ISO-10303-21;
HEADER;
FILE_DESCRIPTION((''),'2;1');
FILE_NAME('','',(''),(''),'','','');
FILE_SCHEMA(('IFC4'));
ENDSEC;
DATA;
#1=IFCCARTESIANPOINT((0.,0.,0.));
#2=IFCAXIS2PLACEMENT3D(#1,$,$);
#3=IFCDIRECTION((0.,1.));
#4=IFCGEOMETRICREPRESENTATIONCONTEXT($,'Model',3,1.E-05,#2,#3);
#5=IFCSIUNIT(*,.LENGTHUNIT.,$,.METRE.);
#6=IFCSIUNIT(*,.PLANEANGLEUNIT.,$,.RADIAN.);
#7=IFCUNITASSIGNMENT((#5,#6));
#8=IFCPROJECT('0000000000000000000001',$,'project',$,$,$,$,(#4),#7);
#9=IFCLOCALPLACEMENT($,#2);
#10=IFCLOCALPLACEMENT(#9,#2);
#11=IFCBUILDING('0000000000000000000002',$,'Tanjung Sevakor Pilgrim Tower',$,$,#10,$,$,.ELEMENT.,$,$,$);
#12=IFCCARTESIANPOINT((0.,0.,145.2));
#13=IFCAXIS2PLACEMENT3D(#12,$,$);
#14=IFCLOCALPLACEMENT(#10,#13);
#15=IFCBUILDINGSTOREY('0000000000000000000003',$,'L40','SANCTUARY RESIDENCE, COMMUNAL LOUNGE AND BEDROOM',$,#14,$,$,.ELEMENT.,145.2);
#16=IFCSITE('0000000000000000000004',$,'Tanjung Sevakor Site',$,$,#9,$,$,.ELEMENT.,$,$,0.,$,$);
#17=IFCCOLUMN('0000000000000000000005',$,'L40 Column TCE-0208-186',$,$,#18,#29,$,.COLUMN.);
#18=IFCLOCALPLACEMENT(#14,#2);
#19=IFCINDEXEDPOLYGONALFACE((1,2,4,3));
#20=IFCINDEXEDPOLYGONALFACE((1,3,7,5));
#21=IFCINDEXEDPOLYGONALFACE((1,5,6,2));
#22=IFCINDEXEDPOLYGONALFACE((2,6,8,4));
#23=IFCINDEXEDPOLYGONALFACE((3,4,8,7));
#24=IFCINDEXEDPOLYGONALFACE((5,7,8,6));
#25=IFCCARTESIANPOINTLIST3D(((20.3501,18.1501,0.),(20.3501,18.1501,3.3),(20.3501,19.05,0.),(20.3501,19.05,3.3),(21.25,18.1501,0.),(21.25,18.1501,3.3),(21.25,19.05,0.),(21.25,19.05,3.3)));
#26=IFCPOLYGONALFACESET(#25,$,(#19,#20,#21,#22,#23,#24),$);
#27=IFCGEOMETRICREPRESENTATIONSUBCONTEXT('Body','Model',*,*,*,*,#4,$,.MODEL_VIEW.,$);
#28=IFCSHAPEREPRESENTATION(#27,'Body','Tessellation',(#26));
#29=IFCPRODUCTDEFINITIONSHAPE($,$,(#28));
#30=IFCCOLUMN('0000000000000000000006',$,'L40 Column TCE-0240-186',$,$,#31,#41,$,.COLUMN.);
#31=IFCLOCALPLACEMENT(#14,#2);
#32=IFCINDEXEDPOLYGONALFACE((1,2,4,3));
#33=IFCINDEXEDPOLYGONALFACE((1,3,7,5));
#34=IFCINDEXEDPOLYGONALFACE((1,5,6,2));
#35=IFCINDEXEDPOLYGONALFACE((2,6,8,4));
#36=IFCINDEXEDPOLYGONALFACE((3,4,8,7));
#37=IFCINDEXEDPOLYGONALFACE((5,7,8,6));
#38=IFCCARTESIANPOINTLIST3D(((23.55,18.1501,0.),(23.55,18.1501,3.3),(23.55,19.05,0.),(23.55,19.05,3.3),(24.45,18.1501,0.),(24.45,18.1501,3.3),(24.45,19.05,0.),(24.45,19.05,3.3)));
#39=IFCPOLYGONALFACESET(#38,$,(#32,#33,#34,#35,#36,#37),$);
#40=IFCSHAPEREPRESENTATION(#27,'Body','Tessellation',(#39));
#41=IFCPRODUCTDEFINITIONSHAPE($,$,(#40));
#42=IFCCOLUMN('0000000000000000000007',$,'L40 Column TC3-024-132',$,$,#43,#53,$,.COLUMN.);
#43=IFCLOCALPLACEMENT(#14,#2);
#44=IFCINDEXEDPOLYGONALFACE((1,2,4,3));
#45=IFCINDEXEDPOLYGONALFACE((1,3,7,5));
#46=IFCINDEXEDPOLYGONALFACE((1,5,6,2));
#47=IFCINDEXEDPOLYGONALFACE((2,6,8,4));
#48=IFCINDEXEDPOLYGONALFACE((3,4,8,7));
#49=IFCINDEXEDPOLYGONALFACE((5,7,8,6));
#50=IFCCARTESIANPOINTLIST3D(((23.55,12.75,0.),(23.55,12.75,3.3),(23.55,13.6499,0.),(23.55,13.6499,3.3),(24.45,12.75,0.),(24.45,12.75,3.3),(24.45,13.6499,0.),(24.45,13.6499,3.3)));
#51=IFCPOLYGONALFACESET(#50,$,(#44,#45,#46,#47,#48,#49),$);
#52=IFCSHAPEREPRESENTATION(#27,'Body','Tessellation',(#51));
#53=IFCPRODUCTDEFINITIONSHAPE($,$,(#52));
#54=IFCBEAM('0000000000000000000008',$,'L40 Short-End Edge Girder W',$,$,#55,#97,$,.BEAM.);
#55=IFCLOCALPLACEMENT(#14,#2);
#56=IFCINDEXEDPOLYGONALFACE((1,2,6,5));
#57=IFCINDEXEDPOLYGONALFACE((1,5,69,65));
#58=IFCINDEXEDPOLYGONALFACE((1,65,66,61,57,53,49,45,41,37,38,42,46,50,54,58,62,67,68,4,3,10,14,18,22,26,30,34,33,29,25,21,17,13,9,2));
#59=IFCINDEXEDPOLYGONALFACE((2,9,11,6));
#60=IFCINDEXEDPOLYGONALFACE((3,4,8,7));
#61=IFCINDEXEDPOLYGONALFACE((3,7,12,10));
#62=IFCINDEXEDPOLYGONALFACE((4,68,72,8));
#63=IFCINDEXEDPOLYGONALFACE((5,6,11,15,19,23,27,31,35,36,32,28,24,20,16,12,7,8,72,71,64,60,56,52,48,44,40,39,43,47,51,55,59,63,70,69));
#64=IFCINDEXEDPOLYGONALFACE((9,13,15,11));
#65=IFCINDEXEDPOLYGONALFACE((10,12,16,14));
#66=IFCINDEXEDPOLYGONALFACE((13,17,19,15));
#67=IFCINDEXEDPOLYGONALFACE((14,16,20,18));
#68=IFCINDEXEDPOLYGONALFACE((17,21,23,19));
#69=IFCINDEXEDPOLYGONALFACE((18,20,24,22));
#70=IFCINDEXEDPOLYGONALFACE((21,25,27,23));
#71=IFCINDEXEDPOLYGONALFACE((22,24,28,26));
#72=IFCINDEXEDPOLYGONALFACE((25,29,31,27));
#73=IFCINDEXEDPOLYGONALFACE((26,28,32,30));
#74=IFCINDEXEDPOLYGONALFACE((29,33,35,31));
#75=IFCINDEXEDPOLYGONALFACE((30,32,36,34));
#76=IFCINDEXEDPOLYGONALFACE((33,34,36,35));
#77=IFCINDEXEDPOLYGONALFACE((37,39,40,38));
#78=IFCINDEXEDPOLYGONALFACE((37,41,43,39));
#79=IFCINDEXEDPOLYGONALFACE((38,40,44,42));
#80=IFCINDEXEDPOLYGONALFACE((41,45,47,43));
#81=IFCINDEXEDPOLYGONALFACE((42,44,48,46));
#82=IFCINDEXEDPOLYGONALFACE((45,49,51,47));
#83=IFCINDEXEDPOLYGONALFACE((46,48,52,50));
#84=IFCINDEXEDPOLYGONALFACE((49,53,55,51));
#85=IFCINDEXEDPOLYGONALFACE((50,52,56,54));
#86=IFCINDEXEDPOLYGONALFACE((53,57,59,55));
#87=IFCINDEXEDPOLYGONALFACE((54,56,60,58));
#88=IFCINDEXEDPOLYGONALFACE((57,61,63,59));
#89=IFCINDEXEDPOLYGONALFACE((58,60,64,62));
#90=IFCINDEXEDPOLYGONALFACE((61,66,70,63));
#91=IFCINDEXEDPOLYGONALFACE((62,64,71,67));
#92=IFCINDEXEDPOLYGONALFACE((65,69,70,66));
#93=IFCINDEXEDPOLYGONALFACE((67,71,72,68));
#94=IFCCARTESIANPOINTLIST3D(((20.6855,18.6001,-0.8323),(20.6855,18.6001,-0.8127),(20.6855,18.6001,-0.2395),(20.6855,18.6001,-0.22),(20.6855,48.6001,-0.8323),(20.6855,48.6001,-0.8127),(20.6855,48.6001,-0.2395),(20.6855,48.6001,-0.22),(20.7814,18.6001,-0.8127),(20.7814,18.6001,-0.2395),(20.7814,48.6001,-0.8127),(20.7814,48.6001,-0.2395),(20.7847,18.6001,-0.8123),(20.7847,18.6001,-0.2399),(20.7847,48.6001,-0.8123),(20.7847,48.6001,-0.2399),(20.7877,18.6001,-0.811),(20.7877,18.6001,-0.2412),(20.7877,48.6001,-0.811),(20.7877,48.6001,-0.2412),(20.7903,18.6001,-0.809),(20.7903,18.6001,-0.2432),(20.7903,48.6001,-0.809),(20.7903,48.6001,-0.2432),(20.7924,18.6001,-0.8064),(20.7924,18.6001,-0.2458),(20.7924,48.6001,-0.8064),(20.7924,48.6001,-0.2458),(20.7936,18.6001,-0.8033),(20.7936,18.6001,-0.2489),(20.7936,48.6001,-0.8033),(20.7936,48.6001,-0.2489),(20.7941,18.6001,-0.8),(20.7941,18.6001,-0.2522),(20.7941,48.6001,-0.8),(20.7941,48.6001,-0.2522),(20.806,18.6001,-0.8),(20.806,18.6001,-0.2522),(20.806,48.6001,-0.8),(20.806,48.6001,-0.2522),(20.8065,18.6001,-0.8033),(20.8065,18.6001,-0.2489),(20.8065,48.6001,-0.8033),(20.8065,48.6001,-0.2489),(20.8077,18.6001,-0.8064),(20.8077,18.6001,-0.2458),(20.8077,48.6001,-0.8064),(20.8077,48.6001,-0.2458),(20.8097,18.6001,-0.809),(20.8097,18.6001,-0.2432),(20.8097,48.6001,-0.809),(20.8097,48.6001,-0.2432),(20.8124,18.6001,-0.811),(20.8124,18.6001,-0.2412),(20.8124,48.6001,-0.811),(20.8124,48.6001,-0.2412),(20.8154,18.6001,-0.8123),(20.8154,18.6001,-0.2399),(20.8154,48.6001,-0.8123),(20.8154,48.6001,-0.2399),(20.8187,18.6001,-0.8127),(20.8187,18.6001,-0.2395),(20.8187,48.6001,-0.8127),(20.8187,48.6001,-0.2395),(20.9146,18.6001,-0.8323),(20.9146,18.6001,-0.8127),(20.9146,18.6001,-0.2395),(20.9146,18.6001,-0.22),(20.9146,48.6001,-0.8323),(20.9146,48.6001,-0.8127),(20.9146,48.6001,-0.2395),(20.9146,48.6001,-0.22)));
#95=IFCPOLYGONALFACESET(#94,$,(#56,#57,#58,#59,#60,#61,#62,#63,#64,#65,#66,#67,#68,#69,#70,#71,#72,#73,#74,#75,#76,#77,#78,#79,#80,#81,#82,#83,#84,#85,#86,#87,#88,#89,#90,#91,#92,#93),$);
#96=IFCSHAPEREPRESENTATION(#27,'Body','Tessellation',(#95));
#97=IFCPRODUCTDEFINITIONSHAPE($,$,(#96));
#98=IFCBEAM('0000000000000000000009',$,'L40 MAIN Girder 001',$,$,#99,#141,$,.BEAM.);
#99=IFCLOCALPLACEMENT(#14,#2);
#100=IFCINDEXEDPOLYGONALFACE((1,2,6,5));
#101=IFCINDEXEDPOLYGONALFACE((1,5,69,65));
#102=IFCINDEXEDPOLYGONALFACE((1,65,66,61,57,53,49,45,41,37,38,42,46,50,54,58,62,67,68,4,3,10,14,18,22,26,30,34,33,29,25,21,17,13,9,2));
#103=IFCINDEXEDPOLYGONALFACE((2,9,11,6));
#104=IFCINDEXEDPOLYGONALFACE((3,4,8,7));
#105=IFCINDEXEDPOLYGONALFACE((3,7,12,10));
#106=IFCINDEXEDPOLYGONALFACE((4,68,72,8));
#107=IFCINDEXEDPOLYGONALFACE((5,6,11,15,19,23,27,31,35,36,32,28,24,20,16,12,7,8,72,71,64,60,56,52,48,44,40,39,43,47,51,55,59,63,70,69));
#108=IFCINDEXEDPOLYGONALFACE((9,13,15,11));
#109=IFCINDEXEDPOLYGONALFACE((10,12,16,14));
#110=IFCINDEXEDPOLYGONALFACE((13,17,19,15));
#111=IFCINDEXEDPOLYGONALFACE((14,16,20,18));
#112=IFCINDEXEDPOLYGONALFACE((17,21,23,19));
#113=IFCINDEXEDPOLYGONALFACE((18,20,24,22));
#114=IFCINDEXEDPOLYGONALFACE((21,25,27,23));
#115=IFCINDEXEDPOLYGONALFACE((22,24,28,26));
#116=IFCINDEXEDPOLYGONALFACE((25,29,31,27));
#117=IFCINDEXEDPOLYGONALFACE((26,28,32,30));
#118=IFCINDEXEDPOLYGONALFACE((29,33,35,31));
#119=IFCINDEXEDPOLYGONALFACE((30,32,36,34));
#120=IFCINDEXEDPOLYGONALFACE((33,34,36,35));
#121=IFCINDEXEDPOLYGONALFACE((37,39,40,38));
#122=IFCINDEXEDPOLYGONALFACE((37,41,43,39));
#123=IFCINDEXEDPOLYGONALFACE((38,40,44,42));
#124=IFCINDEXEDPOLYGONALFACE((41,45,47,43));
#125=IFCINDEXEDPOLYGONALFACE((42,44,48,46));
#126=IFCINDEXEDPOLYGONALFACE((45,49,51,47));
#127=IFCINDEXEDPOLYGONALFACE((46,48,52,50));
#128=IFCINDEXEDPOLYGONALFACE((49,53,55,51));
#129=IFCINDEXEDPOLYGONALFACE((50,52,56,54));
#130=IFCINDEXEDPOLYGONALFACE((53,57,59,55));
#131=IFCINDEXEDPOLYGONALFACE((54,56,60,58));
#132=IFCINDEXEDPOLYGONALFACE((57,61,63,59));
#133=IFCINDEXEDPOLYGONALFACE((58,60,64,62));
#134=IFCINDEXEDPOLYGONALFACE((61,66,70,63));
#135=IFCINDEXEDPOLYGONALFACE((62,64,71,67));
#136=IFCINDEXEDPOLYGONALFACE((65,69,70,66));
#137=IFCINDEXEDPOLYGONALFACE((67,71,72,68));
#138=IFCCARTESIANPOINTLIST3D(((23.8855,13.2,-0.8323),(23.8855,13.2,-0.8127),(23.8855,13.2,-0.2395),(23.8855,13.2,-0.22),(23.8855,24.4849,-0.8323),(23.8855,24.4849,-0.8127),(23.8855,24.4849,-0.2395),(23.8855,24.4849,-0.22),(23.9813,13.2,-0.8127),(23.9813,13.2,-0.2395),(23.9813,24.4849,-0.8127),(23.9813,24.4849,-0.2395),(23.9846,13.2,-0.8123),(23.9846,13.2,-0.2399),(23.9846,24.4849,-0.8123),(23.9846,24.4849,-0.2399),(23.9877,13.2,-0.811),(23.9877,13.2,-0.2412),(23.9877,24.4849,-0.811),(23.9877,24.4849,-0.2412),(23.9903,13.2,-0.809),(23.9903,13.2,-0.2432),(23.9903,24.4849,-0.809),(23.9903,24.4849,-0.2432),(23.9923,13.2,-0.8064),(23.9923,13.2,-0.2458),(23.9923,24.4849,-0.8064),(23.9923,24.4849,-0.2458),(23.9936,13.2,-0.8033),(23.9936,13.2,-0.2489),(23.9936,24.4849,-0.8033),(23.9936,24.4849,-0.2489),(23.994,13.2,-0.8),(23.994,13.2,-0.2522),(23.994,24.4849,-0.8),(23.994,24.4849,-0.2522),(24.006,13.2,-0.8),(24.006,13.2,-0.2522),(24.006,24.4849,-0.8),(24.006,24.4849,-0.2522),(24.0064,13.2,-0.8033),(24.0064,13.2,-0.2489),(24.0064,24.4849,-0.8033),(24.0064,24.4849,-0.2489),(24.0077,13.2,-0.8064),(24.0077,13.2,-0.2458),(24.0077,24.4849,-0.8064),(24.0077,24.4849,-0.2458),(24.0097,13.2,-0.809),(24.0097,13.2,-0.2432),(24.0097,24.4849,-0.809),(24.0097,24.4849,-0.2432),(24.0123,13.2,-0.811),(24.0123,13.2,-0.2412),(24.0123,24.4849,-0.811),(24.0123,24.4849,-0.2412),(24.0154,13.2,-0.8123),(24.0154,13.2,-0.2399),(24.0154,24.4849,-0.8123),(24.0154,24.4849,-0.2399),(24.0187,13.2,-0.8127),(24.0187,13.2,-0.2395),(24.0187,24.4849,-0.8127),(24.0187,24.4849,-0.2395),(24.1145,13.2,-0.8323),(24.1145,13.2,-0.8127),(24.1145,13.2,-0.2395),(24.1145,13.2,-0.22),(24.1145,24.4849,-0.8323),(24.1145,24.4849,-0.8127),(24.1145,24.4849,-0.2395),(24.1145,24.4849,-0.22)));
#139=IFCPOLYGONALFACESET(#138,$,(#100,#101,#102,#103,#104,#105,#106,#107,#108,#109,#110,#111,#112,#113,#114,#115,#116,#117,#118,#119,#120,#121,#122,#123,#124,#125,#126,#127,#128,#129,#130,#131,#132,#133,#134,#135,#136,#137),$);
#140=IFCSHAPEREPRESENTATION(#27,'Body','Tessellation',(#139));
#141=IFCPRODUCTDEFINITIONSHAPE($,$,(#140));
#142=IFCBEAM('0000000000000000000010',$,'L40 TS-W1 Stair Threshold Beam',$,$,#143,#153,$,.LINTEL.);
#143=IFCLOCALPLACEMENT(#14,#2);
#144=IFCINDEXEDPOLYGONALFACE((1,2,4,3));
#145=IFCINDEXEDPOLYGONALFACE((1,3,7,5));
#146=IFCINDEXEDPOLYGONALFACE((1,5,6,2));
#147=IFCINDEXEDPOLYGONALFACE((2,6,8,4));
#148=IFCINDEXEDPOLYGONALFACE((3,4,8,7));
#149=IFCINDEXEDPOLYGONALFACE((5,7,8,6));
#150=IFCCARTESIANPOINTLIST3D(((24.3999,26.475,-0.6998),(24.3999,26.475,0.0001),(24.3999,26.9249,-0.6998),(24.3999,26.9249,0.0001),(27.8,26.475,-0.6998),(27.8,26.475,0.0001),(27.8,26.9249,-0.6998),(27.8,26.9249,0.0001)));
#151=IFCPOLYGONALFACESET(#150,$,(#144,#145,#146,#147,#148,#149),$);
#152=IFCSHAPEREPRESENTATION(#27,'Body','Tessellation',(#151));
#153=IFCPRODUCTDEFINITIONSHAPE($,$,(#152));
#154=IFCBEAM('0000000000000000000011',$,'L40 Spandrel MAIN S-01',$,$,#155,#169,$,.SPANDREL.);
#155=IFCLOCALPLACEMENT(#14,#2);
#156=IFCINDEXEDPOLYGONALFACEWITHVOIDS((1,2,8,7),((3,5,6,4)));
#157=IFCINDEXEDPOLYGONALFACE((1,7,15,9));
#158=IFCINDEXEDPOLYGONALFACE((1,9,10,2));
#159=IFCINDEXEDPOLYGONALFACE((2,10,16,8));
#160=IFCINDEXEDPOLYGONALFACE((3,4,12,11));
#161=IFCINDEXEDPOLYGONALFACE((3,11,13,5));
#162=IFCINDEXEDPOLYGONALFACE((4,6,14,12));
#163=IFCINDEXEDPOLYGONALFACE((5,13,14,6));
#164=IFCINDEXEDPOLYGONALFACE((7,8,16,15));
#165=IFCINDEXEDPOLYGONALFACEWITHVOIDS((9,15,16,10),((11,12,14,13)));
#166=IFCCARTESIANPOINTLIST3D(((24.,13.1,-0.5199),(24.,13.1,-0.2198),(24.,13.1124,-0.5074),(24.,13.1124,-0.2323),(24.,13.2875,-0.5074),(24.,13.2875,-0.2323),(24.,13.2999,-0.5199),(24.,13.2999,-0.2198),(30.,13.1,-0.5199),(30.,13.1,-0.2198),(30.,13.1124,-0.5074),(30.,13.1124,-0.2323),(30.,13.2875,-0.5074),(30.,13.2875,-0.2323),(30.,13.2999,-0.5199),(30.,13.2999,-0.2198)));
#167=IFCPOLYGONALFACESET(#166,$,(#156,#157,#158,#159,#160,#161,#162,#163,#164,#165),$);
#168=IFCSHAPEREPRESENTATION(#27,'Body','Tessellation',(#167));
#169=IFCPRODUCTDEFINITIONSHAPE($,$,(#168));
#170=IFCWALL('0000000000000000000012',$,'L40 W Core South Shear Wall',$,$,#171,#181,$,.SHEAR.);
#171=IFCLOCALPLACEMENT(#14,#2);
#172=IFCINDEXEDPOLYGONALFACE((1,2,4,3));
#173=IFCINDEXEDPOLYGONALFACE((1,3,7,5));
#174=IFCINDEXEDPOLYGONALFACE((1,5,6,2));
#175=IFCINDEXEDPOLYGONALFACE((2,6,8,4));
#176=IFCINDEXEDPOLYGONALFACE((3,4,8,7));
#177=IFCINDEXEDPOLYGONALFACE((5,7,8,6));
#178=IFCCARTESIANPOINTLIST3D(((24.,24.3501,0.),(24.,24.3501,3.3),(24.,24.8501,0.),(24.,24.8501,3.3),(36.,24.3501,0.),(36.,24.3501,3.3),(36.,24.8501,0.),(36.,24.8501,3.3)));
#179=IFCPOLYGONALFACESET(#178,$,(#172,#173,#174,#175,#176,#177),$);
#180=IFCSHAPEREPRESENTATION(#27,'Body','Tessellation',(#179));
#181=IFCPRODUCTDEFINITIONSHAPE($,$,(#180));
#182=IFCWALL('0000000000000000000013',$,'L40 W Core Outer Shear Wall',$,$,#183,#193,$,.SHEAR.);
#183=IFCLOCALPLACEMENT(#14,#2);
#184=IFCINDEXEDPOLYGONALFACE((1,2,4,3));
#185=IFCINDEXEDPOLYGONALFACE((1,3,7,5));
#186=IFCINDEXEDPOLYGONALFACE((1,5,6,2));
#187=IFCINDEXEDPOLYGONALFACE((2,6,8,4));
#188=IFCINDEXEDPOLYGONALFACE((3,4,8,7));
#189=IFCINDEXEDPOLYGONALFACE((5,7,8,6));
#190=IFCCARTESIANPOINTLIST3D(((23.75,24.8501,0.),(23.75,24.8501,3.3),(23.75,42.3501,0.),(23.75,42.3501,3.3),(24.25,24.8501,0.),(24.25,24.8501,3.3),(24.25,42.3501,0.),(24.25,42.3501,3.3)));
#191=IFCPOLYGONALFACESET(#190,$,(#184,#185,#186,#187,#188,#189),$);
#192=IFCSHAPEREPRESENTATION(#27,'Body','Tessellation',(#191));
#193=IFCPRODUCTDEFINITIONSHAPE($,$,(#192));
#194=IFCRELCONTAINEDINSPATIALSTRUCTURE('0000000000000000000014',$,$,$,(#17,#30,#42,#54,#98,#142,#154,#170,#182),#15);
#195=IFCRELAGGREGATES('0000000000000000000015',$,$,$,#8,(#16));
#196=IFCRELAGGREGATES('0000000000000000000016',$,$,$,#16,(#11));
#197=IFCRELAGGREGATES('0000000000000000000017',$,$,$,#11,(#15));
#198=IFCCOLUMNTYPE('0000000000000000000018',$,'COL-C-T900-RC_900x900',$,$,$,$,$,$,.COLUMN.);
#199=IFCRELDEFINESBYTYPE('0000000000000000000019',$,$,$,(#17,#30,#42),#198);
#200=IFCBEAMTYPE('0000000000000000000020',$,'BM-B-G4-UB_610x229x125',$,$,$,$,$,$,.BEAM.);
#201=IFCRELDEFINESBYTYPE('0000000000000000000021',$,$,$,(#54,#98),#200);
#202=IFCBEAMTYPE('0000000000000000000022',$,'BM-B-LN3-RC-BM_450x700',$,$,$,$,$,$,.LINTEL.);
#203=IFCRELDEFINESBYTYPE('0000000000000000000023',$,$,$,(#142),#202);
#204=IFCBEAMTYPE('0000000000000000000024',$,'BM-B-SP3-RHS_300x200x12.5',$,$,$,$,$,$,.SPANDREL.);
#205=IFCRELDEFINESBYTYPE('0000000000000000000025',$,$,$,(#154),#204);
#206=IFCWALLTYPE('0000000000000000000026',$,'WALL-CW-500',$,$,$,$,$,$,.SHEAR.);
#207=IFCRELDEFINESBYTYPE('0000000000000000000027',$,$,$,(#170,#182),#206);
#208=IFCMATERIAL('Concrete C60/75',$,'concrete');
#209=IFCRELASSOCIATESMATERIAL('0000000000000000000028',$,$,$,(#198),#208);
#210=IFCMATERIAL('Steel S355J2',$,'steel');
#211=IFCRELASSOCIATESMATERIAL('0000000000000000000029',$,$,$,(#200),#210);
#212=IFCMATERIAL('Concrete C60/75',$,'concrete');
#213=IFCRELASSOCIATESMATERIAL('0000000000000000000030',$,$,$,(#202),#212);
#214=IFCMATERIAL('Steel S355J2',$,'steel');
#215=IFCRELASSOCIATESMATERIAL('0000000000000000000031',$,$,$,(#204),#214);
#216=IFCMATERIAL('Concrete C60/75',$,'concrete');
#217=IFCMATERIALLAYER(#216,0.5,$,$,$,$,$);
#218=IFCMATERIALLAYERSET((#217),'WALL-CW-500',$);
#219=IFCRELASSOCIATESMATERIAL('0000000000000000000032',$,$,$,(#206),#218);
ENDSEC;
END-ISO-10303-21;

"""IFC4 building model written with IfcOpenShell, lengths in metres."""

from ifc_helpers import new_model, si_unit, direction, frame, frame_2d, origin, origin_2d, place, context, subcontext, project, spatial, rectangle, hollow_rectangle, i_section, extrude, material, layer, layer_set, material_profile, profile_set, type_object, element, save


model = new_model("IFC4")

# Units and contexts
model_context = context("Model", 3, precision=1e-05, world=origin(), true_north=direction((0.0, 1.0)))
body_context = subcontext(model_context, "Body", "Model", "MODEL_VIEW")
ifc_project = project(units=[si_unit("LENGTHUNIT", "METRE"), si_unit("PLANEANGLEUNIT", "RADIAN")], contexts=[model_context])

# Site, building, storey
site_placement = place(None, origin())
site = spatial("IfcSite", under=ifc_project, at=site_placement, Name="Tanjung Sevakor Site", CompositionType="ELEMENT", RefElevation=0.0)
building_placement = place(site_placement, origin())
building = spatial("IfcBuilding", under=site, at=building_placement, Name="Tanjung Sevakor Pilgrim Tower", CompositionType="ELEMENT")
storey_placement = place(building_placement, frame((0.0, 0.0, 145.2)))
storey = spatial("IfcBuildingStorey", under=building, at=storey_placement, Name="L40", Description="SANCTUARY RESIDENCE, COMMUNAL LOUNGE AND BEDROOM", CompositionType="ELEMENT", Elevation=145.2)

# Columns
ifc_material_1 = material(Name="Concrete C60/75", Category="concrete")
ifc_material_profile_1 = material_profile(ifc_material_1, rectangle(XDim=0.8999, YDim=0.8999, at=origin_2d()))
ifc_profile_set_1 = profile_set([ifc_material_profile_1], Name="Concrete C60/75")
column_type = type_object("IfcColumnType", Name="COL-C-T900-RC_900x900", PredefinedType="COLUMN", material=ifc_profile_set_1)
for number, where, z_axis, x_axis, name in (
    (1, (20.8, 18.6001, 0.0), (0.0, 0.0, 1.0), (1.0, 0.0, 0.0), "L40 Column TCE-0208-186"),
    (2, (24.0, 18.6001, 0.0), (0.0, 0.0, 1.0), (1.0, 0.0, 0.0), "L40 Column TCE-0240-186"),
    (3, (24.0, 13.2, 0.0), (0.0, 0.0, 1.0), (1.0, 0.0, 0.0), "L40 Column TC3-024-132"),
):
    element("IfcColumn", number, at=place(storey_placement, frame(where, z_axis=z_axis, x_axis=x_axis)), inside=storey, type_object=column_type, Name=name, PredefinedType="COLUMN", context=body_context, shape_type="SweptSolid", body=[
        extrude(rectangle(XDim=0.8999, YDim=0.8999, at=origin_2d()), origin(), (0.0, 0.0, 1.0), 3.3),
    ])

# Beams
ifc_material_2 = material(Name="Steel S355J2", Category="steel")
ifc_material_profile_2 = material_profile(ifc_material_2, i_section(OverallWidth=0.229, OverallDepth=0.6123, WebThickness=0.012, FlangeThickness=0.0195, FilletRadius=0.0127, at=origin_2d()))
ifc_profile_set_2 = profile_set([ifc_material_profile_2], Name="Steel S355J2")
beam_type_1 = type_object("IfcBeamType", Name="BM-B-G4-UB_610x229x125", PredefinedType="BEAM", material=ifc_profile_set_2)
beam_1_placement = place(storey_placement, frame((20.8, 18.6001, -0.5261), z_axis=(0.0, 1.0, 0.0), x_axis=(-1.0, 0.0, 0.0)))
element("IfcBeam", 4, at=beam_1_placement, inside=storey, type_object=beam_type_1, Name="L40 Short-End Edge Girder W", PredefinedType="BEAM", context=body_context, shape_type="SweptSolid", body=[
    extrude(i_section(OverallWidth=0.229, OverallDepth=0.6123, WebThickness=0.012, FlangeThickness=0.0195, FilletRadius=0.0127, at=origin_2d()), origin(), (0.0, 0.0, 1.0), 30.0),
])
beam_2_placement = place(storey_placement, frame((24.0, 13.2, -0.5261), z_axis=(0.0, 1.0, 0.0), x_axis=(-1.0, 0.0, 0.0)))
element("IfcBeam", 5, at=beam_2_placement, inside=storey, type_object=beam_type_1, Name="L40 MAIN Girder 001", PredefinedType="BEAM", context=body_context, shape_type="SweptSolid", body=[
    extrude(i_section(OverallWidth=0.229, OverallDepth=0.6123, WebThickness=0.012, FlangeThickness=0.0195, FilletRadius=0.0127, at=origin_2d()), origin(), (0.0, 0.0, 1.0), 11.2849),
])
ifc_material_3 = material(Name="Concrete C60/75", Category="concrete")
ifc_material_profile_3 = material_profile(ifc_material_3, rectangle(XDim=0.45, YDim=0.7, at=origin_2d()))
ifc_profile_set_3 = profile_set([ifc_material_profile_3], Name="Concrete C60/75")
beam_type_2 = type_object("IfcBeamType", Name="BM-B-LN3-RC-BM_450x700", PredefinedType="LINTEL", material=ifc_profile_set_3)
beam_3_placement = place(storey_placement, frame((24.3999, 26.7, -0.3499), z_axis=(1.0, 0.0, 0.0), x_axis=(0.0, 1.0, 0.0)))
element("IfcBeam", 6, at=beam_3_placement, inside=storey, type_object=beam_type_2, Name="L40 TS-W1 Stair Threshold Beam", PredefinedType="LINTEL", context=body_context, shape_type="SweptSolid", body=[
    extrude(rectangle(XDim=0.45, YDim=0.7, at=origin_2d()), origin(), (0.0, 0.0, 1.0), 3.4001),
])
ifc_material_4 = material(Name="Steel S355J2", Category="steel")
ifc_material_profile_4 = material_profile(ifc_material_4, hollow_rectangle(XDim=0.2, YDim=0.3, WallThickness=0.0125, at=origin_2d()))
ifc_profile_set_4 = profile_set([ifc_material_profile_4], Name="Steel S355J2")
beam_type_3 = type_object("IfcBeamType", Name="BM-B-SP3-RHS_300x200x12.5", PredefinedType="SPANDREL", material=ifc_profile_set_4)
beam_4_placement = place(storey_placement, frame((24.0, 13.2, -0.3699), z_axis=(1.0, 0.0, 0.0), x_axis=(0.0, 1.0, 0.0)))
element("IfcBeam", 7, at=beam_4_placement, inside=storey, type_object=beam_type_3, Name="L40 Spandrel MAIN S-01", PredefinedType="SPANDREL", context=body_context, shape_type="SweptSolid", body=[
    extrude(hollow_rectangle(XDim=0.2, YDim=0.3, WallThickness=0.0125, at=origin_2d()), origin(), (0.0, 0.0, 1.0), 6.0),
])

# Walls
ifc_material_5 = material(Name="Concrete C60/75", Category="concrete")
ifc_layer_1 = layer(ifc_material_5, 0.5)
ifc_layer_set_1 = layer_set([ifc_layer_1], Name="WALL-CW-500")
wall_type_1 = type_object("IfcWallType", Name="WALL-CW-500", PredefinedType="SHEAR", material=ifc_layer_set_1)
wall_1_placement = place(storey_placement, frame((24.0, 24.6001, 0.0), z_axis=(0.0, 0.0, 1.0), x_axis=(1.0, 0.0, 0.0)))
element("IfcWall", 8, at=wall_1_placement, inside=storey, type_object=wall_type_1, Name="L40 W Core South Shear Wall", PredefinedType="SHEAR", context=body_context, shape_type="SweptSolid", body=[
    extrude(rectangle(XDim=12.0, YDim=0.5, at=frame_2d((6.0, 0.0))), origin(), (0.0, 0.0, 1.0), 3.3),
])
wall_2_placement = place(storey_placement, frame((24.0, 24.8501, 0.0), z_axis=(0.0, 0.0, 1.0), x_axis=(0.0, 1.0, 0.0)))
element("IfcWall", 9, at=wall_2_placement, inside=storey, type_object=wall_type_1, Name="L40 W Core Outer Shear Wall", PredefinedType="SHEAR", context=body_context, shape_type="SweptSolid", body=[
    extrude(rectangle(XDim=17.5, YDim=0.5, at=frame_2d((8.75, 0.0))), origin(), (0.0, 0.0, 1.0), 3.3),
])

save(model, "model.ifc")
